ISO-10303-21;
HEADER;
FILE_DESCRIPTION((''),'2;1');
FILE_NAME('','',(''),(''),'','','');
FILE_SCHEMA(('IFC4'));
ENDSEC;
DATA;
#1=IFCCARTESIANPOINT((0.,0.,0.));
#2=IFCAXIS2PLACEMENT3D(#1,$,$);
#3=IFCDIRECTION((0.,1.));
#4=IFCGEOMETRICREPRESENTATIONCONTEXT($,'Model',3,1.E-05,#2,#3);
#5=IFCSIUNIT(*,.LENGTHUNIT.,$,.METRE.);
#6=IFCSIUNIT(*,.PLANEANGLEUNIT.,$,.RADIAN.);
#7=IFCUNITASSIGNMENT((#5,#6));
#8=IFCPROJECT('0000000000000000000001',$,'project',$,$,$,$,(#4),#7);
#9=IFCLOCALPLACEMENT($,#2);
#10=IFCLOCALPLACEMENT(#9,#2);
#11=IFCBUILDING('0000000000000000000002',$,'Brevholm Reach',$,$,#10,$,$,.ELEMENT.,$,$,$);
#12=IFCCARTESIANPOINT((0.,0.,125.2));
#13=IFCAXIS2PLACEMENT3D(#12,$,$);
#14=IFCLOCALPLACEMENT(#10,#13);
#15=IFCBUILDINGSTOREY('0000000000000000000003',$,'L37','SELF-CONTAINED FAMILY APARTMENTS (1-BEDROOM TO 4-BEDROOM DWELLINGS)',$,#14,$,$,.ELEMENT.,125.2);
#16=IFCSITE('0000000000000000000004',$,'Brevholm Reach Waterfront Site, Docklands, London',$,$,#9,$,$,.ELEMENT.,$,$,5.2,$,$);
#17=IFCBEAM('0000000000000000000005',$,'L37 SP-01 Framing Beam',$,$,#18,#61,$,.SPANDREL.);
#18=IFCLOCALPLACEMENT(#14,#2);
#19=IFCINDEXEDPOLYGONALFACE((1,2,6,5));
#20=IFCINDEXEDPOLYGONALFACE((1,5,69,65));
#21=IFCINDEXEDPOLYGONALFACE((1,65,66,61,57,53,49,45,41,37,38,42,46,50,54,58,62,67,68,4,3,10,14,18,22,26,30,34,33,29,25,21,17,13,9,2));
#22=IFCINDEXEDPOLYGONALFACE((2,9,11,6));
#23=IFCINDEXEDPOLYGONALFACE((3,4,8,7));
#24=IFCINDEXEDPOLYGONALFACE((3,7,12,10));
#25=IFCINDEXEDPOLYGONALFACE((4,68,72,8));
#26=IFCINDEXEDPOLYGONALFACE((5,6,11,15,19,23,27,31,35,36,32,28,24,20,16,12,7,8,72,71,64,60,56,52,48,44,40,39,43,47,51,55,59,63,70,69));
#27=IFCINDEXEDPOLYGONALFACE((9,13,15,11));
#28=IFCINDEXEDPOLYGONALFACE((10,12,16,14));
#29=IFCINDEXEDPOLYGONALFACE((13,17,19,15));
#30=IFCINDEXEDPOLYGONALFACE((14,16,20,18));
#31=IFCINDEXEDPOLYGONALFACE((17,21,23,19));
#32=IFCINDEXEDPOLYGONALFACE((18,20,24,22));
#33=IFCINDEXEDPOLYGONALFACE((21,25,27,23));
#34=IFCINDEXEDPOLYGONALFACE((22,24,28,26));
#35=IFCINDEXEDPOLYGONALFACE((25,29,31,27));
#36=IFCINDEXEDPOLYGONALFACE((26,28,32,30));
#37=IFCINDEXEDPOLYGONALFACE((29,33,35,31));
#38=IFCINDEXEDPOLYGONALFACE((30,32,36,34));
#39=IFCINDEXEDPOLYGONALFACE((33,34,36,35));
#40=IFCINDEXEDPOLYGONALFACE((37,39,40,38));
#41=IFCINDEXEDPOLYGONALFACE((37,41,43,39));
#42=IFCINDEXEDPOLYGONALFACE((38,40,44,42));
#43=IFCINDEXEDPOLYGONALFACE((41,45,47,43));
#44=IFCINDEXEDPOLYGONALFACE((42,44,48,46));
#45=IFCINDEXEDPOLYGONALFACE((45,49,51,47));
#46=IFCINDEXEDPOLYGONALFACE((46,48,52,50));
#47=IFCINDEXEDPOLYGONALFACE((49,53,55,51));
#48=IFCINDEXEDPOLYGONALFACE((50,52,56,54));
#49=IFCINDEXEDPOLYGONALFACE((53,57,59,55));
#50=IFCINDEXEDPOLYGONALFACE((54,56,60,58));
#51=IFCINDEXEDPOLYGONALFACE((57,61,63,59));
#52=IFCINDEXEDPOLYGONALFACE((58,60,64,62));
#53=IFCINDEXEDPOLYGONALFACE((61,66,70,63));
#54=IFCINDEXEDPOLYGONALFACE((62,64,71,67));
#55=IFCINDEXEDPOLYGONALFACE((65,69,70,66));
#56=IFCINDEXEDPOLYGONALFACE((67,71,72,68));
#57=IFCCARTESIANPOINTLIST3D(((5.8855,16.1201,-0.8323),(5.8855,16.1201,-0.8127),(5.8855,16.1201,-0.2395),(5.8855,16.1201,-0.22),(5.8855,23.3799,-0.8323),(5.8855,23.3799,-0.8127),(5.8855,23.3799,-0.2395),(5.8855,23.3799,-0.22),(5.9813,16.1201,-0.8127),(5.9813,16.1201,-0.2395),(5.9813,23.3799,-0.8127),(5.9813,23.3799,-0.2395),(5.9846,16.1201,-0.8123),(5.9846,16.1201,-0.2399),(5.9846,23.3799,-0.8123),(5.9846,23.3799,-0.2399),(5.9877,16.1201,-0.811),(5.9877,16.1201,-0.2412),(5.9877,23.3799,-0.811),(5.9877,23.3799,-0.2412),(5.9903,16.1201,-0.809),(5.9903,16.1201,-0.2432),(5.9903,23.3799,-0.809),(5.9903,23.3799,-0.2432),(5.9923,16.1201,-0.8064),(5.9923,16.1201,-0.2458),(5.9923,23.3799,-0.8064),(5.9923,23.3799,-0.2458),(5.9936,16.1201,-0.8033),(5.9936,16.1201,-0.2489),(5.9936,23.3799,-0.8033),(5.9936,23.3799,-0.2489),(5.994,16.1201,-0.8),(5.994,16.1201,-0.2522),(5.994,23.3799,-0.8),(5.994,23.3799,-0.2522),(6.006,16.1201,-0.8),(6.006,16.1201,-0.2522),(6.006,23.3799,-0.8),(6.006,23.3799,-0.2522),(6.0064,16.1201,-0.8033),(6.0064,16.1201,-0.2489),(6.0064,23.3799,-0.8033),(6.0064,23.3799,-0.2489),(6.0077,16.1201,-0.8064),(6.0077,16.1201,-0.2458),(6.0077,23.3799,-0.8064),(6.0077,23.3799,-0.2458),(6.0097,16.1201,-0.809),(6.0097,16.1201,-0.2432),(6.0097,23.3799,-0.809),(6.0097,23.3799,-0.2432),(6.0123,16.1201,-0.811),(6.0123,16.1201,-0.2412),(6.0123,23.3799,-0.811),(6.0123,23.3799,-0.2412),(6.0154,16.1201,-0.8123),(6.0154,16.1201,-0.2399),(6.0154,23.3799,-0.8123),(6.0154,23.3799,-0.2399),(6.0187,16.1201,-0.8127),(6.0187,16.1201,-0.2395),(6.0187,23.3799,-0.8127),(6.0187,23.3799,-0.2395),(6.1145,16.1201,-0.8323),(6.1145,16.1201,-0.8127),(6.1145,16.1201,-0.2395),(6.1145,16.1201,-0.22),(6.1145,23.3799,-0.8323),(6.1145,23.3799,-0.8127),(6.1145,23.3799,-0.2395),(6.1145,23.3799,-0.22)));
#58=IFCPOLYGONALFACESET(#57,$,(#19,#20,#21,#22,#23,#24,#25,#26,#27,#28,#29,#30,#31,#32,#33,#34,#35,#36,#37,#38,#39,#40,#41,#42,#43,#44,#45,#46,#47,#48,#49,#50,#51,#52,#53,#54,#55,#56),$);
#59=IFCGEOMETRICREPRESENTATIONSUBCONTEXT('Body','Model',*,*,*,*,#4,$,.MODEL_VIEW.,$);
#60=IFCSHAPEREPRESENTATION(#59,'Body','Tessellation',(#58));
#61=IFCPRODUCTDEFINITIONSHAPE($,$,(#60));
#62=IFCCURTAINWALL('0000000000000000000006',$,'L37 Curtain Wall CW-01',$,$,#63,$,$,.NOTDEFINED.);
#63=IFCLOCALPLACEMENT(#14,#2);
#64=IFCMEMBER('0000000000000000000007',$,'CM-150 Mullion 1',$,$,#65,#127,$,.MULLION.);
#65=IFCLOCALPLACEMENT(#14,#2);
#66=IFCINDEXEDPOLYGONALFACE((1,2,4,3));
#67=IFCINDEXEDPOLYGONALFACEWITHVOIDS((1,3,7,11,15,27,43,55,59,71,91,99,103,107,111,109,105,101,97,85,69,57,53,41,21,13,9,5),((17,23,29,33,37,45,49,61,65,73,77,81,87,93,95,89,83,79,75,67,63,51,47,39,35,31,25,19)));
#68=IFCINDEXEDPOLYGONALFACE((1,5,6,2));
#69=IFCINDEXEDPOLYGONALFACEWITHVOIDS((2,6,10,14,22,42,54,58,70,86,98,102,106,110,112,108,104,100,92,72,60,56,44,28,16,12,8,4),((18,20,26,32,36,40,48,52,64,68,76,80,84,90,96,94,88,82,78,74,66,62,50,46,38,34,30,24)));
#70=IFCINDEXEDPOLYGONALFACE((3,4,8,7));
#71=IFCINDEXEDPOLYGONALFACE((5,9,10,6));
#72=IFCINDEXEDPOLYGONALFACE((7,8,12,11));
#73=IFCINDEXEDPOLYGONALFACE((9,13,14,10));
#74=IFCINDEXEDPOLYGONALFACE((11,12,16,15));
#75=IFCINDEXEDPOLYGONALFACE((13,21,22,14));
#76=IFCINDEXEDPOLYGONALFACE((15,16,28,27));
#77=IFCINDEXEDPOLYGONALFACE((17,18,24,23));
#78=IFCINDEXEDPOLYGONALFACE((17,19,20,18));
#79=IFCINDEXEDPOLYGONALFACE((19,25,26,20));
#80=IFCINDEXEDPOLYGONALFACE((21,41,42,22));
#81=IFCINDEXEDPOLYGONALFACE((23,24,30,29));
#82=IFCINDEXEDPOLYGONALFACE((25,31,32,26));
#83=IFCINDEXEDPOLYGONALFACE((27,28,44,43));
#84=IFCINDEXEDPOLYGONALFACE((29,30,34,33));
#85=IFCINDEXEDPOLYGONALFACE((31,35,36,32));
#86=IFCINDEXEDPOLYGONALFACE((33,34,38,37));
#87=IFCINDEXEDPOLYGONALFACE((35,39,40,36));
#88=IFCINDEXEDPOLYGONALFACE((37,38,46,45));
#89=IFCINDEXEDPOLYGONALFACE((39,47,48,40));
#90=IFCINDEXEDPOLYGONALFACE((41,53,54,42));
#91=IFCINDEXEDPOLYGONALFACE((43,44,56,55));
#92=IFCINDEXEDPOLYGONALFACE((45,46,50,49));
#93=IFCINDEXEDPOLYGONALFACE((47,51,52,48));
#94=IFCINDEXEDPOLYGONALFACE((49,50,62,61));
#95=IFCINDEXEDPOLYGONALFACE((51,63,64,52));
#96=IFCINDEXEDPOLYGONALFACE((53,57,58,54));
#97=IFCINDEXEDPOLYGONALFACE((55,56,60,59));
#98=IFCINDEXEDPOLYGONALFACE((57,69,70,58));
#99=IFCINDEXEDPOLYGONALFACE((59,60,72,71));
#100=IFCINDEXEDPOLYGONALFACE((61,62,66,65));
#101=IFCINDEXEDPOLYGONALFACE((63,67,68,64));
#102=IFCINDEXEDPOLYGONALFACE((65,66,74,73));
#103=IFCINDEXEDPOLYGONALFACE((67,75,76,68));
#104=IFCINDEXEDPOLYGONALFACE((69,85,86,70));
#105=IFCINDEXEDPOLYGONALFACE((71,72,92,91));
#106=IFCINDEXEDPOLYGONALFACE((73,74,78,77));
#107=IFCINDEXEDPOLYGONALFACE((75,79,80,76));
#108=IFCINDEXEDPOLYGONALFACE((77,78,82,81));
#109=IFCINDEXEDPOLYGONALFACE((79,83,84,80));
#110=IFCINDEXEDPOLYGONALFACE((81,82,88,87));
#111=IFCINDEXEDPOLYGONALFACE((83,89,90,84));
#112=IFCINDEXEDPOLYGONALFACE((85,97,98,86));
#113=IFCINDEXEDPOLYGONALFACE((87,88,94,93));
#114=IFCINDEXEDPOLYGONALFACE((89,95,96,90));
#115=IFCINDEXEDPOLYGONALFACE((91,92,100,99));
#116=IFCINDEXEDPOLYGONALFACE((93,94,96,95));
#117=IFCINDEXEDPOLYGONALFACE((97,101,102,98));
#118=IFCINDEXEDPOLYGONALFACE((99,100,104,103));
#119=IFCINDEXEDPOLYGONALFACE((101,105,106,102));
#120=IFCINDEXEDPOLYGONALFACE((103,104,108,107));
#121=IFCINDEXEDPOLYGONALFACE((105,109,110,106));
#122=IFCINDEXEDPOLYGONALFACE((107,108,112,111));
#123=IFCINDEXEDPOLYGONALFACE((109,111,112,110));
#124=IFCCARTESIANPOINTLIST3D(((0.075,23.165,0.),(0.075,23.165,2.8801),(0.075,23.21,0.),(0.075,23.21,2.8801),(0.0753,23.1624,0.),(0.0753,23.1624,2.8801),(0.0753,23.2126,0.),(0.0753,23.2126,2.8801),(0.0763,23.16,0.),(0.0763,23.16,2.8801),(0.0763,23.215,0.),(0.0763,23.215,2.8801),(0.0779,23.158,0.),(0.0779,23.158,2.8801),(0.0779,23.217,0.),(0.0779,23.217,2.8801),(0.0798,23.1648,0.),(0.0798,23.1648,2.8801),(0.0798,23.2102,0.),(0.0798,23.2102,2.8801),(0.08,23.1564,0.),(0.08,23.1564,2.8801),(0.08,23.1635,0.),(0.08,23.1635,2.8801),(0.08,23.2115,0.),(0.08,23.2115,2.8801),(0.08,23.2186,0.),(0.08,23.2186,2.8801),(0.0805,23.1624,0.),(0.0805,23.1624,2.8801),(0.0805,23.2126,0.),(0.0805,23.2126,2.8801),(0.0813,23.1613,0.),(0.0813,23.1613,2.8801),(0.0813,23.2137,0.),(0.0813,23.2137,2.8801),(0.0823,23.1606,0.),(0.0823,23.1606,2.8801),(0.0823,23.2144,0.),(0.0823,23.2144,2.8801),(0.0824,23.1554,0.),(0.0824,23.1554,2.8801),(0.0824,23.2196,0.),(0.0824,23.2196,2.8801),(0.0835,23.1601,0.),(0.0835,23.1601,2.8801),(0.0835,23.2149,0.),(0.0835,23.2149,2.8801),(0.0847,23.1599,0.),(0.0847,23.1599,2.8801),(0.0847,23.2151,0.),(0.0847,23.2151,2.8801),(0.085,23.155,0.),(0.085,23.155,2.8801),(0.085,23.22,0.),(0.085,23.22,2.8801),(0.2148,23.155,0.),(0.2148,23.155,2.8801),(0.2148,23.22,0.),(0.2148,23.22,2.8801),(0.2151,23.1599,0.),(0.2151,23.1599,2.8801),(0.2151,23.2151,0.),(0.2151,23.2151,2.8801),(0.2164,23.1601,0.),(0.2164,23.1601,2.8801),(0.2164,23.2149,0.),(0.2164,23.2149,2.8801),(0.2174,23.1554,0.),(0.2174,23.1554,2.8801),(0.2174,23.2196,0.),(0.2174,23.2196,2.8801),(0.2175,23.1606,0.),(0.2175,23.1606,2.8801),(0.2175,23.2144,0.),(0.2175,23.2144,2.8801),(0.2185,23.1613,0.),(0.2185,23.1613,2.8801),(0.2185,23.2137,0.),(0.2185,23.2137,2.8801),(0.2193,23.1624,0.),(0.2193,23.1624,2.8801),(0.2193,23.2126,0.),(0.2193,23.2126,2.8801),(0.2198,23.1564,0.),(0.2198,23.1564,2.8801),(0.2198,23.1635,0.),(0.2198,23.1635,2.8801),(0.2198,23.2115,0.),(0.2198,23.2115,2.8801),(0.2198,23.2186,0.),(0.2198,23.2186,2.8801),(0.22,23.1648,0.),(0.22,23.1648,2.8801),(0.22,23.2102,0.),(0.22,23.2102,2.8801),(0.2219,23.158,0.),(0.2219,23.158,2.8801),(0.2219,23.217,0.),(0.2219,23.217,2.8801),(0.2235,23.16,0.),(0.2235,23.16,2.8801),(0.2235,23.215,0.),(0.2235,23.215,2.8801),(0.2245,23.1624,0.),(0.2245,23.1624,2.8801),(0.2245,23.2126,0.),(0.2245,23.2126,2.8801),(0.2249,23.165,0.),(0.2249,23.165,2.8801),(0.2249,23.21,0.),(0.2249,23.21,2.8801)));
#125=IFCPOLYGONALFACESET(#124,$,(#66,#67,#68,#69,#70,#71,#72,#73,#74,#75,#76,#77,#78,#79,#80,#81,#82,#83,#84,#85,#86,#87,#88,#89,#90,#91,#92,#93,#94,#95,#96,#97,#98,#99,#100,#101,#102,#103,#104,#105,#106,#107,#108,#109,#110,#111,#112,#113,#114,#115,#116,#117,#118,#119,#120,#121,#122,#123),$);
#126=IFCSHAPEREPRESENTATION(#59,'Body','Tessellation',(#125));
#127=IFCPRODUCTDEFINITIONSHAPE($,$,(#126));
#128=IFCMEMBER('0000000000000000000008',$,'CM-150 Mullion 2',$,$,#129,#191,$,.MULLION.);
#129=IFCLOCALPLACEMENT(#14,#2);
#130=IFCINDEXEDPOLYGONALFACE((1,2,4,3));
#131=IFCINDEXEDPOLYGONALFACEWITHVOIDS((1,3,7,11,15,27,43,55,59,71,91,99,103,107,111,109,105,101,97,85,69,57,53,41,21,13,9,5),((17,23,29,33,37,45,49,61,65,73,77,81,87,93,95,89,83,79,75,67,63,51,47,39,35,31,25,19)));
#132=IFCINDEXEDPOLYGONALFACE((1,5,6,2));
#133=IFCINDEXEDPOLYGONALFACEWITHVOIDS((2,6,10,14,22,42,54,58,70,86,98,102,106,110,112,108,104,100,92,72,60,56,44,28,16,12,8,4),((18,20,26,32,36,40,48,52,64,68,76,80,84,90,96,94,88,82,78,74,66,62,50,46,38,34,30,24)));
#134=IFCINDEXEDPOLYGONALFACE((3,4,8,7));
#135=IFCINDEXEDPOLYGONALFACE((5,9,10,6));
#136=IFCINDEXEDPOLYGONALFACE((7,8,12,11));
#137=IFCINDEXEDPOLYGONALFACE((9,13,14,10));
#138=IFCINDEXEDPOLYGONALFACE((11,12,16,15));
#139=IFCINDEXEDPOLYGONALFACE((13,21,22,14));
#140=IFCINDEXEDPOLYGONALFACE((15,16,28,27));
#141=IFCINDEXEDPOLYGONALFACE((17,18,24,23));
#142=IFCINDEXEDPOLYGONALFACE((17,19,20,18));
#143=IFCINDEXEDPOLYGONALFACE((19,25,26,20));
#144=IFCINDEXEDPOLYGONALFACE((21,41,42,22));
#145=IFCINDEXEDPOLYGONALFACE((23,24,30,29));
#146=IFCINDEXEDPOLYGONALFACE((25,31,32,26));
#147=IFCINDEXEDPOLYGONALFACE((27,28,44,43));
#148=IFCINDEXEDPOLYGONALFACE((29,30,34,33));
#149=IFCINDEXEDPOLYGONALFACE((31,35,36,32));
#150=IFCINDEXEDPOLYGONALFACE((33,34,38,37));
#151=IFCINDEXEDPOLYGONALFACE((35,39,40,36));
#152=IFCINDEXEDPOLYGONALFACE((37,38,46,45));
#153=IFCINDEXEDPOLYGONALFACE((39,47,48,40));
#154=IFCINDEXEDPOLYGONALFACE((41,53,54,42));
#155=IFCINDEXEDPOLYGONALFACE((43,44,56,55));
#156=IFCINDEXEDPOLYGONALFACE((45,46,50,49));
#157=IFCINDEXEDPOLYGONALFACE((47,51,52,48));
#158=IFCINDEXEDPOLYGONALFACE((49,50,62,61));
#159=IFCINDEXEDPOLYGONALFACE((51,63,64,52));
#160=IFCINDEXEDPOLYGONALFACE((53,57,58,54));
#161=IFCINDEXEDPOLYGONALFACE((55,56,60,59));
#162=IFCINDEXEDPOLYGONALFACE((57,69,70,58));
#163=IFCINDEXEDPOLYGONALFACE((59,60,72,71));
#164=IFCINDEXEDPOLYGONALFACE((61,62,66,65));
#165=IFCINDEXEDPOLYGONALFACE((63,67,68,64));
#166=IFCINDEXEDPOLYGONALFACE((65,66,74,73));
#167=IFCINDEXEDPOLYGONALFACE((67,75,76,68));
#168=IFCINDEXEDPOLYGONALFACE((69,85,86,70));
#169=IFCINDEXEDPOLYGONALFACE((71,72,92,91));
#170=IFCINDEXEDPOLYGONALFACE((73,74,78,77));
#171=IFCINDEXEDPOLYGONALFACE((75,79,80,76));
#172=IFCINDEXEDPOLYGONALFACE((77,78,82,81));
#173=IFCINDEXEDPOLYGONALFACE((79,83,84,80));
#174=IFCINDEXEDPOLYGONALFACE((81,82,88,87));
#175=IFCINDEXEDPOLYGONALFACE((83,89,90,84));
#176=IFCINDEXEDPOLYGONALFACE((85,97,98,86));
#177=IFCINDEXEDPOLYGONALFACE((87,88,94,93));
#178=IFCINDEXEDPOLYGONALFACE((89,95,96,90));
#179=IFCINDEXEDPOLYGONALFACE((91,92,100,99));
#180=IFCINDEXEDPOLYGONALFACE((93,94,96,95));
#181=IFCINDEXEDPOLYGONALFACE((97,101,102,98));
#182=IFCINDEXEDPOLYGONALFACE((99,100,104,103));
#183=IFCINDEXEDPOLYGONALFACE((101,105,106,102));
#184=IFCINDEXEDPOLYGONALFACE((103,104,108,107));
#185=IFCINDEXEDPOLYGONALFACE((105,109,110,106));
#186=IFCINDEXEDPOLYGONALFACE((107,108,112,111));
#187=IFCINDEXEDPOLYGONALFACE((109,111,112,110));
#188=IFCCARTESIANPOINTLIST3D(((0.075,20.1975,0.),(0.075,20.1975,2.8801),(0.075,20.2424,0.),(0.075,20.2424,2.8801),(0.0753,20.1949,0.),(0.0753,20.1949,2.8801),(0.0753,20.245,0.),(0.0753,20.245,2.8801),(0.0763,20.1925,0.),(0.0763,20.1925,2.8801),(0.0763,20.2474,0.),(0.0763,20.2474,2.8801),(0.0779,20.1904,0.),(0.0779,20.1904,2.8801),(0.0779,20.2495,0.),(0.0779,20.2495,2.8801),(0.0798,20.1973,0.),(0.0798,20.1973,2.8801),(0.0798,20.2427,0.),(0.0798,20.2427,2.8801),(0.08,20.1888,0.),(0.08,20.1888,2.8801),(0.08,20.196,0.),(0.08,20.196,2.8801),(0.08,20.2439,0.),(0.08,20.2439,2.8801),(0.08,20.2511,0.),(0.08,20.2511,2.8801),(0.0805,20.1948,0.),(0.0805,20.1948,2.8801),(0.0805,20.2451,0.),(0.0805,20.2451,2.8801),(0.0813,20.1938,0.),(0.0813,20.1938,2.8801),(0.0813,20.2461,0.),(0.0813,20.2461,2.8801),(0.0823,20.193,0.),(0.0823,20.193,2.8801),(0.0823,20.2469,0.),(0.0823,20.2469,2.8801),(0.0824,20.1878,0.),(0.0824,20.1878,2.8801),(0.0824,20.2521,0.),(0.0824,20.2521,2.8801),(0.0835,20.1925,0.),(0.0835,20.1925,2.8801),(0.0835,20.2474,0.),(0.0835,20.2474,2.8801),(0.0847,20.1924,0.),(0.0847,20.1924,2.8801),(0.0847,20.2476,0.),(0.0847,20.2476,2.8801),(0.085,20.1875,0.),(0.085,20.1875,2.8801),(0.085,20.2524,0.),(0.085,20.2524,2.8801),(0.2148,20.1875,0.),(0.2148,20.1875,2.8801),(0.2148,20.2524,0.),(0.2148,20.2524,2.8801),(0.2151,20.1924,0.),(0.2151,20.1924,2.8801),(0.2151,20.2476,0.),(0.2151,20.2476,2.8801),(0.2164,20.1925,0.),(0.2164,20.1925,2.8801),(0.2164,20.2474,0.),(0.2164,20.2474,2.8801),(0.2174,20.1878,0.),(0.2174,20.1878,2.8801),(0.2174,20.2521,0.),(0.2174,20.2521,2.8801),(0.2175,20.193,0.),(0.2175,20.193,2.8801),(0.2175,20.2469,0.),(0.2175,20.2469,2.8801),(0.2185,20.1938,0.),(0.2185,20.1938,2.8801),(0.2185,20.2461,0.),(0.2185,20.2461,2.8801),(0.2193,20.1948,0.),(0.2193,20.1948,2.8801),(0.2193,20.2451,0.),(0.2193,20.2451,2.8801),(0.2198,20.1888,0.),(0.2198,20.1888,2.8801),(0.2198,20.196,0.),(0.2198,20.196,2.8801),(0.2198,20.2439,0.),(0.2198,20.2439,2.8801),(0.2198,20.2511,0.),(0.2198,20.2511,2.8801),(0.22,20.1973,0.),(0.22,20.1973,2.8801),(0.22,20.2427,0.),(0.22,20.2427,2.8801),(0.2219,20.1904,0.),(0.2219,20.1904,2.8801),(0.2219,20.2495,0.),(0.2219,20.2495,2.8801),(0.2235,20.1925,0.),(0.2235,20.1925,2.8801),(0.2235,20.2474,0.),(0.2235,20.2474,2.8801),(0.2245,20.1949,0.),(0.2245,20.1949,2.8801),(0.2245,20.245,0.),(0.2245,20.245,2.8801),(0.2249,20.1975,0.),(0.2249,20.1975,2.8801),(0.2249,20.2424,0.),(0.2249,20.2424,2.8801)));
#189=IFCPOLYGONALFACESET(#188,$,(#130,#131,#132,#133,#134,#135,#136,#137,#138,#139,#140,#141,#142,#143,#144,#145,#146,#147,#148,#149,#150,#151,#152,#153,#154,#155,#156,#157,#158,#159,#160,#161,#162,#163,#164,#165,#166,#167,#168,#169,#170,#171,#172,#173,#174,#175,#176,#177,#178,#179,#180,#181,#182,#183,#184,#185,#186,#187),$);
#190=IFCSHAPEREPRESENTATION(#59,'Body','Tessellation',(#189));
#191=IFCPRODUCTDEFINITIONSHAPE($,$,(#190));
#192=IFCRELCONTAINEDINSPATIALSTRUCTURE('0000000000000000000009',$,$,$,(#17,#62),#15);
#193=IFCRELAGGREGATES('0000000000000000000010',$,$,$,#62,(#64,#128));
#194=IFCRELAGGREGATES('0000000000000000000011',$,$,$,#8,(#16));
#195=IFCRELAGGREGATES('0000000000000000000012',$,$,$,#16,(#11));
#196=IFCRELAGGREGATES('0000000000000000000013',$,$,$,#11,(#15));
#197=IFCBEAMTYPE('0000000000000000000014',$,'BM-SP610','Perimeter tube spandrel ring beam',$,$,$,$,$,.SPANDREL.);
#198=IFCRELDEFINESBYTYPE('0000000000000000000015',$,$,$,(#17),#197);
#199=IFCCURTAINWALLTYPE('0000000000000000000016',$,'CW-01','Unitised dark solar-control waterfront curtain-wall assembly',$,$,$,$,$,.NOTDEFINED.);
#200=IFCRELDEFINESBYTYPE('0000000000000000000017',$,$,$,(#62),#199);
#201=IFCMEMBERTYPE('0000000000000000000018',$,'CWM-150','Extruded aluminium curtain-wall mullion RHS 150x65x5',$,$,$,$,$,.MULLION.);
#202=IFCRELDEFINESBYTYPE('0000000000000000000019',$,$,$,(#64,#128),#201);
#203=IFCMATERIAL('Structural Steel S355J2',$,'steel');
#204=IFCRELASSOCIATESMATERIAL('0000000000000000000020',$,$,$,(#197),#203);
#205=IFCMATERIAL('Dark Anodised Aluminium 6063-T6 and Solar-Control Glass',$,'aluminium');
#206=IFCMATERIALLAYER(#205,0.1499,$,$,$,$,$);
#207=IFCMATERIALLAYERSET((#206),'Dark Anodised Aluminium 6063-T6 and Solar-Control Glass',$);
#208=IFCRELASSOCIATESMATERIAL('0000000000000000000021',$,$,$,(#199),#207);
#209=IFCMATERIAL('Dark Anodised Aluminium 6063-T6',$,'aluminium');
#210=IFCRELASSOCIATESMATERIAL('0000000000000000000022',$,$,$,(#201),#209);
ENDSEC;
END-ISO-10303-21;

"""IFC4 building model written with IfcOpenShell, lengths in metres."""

from ifc_helpers import new_model, si_unit, direction, frame, origin, origin_2d, place, context, subcontext, project, spatial, hollow_rectangle, i_section, extrude, material, layer, layer_set, material_profile, profile_set, type_object, element, aggregate, save


model = new_model("IFC4")

# Units and contexts
model_context = context("Model", 3, precision=1e-05, world=origin(), true_north=direction((0.0, 1.0)))
body_context = subcontext(model_context, "Body", "Model", "MODEL_VIEW")
ifc_project = project(units=[si_unit("LENGTHUNIT", "METRE"), si_unit("PLANEANGLEUNIT", "RADIAN")], contexts=[model_context])

# Site, building, storey
site_placement = place(None, origin())
site = spatial("IfcSite", under=ifc_project, at=site_placement, Name="Brevholm Reach Waterfront Site, Docklands, London", CompositionType="ELEMENT", RefElevation=5.2)
building_placement = place(site_placement, origin())
building = spatial("IfcBuilding", under=site, at=building_placement, Name="Brevholm Reach", CompositionType="ELEMENT")
storey_placement = place(building_placement, frame((0.0, 0.0, 125.2)))
storey = spatial("IfcBuildingStorey", under=building, at=storey_placement, Name="L37", Description="SELF-CONTAINED FAMILY APARTMENTS (1-BEDROOM TO 4-BEDROOM DWELLINGS)", CompositionType="ELEMENT", Elevation=125.2)

# Beam
ifc_material_1 = material(Name="Structural Steel S355J2", Category="steel")
ifc_material_profile_1 = material_profile(ifc_material_1, i_section(OverallWidth=0.229, OverallDepth=0.6123, WebThickness=0.012, FlangeThickness=0.0195, FilletRadius=0.0127, at=origin_2d()), Name="UKB 610x229x125")
ifc_profile_set_1 = profile_set([ifc_material_profile_1], Name="Structural Steel S355J2")
beam_type_1 = type_object("IfcBeamType", Name="BM-SP610", Description="Perimeter tube spandrel ring beam", PredefinedType="SPANDREL", material=ifc_profile_set_1)
beam_1_placement = place(storey_placement, frame((6.0, 16.1201, -0.5261), z_axis=(0.0, 1.0, 0.0), x_axis=(-1.0, 0.0, 0.0)))
element("IfcBeam", 1, at=beam_1_placement, inside=storey, type_object=beam_type_1, Name="L37 SP-01 Framing Beam", PredefinedType="SPANDREL", context=body_context, shape_type="SweptSolid", body=[
    extrude(i_section(OverallWidth=0.229, OverallDepth=0.6123, WebThickness=0.012, FlangeThickness=0.0195, FilletRadius=0.0127, at=origin_2d()), origin(), (0.0, 0.0, 1.0), 7.2598),
])

# Curtain wall, members
ifc_material_2 = material(Name="Dark Anodised Aluminium 6063-T6 and Solar-Control Glass", Category="aluminium")
ifc_layer_1 = layer(ifc_material_2, 0.1499)
ifc_layer_set_1 = layer_set([ifc_layer_1], Name="Dark Anodised Aluminium 6063-T6 and Solar-Control Glass")
curtain_wall_type = type_object("IfcCurtainWallType", Name="CW-01", Description="Unitised dark solar-control waterfront curtain-wall assembly", PredefinedType="NOTDEFINED", material=ifc_layer_set_1)
curtain_wall_placement = place(storey_placement, origin())
curtain_wall = element("IfcCurtainWall", 2, at=curtain_wall_placement, inside=storey, type_object=curtain_wall_type, Name="L37 Curtain Wall CW-01", PredefinedType="NOTDEFINED")
ifc_material_3 = material(Name="Dark Anodised Aluminium 6063-T6", Category="aluminium")
ifc_material_profile_2 = material_profile(ifc_material_3, hollow_rectangle(XDim=0.0649, YDim=0.1499, WallThickness=0.0049, InnerFilletRadius=0.0049, OuterFilletRadius=0.01, at=origin_2d()), Name="RHS 150x65x5")
ifc_profile_set_2 = profile_set([ifc_material_profile_2], Name="Dark Anodised Aluminium 6063-T6")
member_type_1 = type_object("IfcMemberType", Name="CWM-150", Description="Extruded aluminium curtain-wall mullion RHS 150x65x5", PredefinedType="MULLION", material=ifc_profile_set_2)
member_1_placement = place(storey_placement, frame((0.1499, 23.1875, 0.0), z_axis=(0.0, 0.0, 1.0), x_axis=(0.0, -1.0, 0.0)))
member_1 = element("IfcMember", 3, at=member_1_placement, type_object=member_type_1, Name="CM-150 Mullion 1", PredefinedType="MULLION", context=body_context, shape_type="SweptSolid", body=[
    extrude(hollow_rectangle(XDim=0.0649, YDim=0.1499, WallThickness=0.0049, InnerFilletRadius=0.0049, OuterFilletRadius=0.01, at=origin_2d()), origin(), (0.0, 0.0, 1.0), 2.8801),
])
member_2_placement = place(storey_placement, frame((0.1499, 20.22, 0.0), z_axis=(0.0, 0.0, 1.0), x_axis=(0.0, -1.0, 0.0)))
member_2 = element("IfcMember", 4, at=member_2_placement, type_object=member_type_1, Name="CM-150 Mullion 2", PredefinedType="MULLION", context=body_context, shape_type="SweptSolid", body=[
    extrude(hollow_rectangle(XDim=0.0649, YDim=0.1499, WallThickness=0.0049, InnerFilletRadius=0.0049, OuterFilletRadius=0.01, at=origin_2d()), origin(), (0.0, 0.0, 1.0), 2.8801),
])
aggregate(curtain_wall, [member_1, member_2])

save(model, "model.ifc")
